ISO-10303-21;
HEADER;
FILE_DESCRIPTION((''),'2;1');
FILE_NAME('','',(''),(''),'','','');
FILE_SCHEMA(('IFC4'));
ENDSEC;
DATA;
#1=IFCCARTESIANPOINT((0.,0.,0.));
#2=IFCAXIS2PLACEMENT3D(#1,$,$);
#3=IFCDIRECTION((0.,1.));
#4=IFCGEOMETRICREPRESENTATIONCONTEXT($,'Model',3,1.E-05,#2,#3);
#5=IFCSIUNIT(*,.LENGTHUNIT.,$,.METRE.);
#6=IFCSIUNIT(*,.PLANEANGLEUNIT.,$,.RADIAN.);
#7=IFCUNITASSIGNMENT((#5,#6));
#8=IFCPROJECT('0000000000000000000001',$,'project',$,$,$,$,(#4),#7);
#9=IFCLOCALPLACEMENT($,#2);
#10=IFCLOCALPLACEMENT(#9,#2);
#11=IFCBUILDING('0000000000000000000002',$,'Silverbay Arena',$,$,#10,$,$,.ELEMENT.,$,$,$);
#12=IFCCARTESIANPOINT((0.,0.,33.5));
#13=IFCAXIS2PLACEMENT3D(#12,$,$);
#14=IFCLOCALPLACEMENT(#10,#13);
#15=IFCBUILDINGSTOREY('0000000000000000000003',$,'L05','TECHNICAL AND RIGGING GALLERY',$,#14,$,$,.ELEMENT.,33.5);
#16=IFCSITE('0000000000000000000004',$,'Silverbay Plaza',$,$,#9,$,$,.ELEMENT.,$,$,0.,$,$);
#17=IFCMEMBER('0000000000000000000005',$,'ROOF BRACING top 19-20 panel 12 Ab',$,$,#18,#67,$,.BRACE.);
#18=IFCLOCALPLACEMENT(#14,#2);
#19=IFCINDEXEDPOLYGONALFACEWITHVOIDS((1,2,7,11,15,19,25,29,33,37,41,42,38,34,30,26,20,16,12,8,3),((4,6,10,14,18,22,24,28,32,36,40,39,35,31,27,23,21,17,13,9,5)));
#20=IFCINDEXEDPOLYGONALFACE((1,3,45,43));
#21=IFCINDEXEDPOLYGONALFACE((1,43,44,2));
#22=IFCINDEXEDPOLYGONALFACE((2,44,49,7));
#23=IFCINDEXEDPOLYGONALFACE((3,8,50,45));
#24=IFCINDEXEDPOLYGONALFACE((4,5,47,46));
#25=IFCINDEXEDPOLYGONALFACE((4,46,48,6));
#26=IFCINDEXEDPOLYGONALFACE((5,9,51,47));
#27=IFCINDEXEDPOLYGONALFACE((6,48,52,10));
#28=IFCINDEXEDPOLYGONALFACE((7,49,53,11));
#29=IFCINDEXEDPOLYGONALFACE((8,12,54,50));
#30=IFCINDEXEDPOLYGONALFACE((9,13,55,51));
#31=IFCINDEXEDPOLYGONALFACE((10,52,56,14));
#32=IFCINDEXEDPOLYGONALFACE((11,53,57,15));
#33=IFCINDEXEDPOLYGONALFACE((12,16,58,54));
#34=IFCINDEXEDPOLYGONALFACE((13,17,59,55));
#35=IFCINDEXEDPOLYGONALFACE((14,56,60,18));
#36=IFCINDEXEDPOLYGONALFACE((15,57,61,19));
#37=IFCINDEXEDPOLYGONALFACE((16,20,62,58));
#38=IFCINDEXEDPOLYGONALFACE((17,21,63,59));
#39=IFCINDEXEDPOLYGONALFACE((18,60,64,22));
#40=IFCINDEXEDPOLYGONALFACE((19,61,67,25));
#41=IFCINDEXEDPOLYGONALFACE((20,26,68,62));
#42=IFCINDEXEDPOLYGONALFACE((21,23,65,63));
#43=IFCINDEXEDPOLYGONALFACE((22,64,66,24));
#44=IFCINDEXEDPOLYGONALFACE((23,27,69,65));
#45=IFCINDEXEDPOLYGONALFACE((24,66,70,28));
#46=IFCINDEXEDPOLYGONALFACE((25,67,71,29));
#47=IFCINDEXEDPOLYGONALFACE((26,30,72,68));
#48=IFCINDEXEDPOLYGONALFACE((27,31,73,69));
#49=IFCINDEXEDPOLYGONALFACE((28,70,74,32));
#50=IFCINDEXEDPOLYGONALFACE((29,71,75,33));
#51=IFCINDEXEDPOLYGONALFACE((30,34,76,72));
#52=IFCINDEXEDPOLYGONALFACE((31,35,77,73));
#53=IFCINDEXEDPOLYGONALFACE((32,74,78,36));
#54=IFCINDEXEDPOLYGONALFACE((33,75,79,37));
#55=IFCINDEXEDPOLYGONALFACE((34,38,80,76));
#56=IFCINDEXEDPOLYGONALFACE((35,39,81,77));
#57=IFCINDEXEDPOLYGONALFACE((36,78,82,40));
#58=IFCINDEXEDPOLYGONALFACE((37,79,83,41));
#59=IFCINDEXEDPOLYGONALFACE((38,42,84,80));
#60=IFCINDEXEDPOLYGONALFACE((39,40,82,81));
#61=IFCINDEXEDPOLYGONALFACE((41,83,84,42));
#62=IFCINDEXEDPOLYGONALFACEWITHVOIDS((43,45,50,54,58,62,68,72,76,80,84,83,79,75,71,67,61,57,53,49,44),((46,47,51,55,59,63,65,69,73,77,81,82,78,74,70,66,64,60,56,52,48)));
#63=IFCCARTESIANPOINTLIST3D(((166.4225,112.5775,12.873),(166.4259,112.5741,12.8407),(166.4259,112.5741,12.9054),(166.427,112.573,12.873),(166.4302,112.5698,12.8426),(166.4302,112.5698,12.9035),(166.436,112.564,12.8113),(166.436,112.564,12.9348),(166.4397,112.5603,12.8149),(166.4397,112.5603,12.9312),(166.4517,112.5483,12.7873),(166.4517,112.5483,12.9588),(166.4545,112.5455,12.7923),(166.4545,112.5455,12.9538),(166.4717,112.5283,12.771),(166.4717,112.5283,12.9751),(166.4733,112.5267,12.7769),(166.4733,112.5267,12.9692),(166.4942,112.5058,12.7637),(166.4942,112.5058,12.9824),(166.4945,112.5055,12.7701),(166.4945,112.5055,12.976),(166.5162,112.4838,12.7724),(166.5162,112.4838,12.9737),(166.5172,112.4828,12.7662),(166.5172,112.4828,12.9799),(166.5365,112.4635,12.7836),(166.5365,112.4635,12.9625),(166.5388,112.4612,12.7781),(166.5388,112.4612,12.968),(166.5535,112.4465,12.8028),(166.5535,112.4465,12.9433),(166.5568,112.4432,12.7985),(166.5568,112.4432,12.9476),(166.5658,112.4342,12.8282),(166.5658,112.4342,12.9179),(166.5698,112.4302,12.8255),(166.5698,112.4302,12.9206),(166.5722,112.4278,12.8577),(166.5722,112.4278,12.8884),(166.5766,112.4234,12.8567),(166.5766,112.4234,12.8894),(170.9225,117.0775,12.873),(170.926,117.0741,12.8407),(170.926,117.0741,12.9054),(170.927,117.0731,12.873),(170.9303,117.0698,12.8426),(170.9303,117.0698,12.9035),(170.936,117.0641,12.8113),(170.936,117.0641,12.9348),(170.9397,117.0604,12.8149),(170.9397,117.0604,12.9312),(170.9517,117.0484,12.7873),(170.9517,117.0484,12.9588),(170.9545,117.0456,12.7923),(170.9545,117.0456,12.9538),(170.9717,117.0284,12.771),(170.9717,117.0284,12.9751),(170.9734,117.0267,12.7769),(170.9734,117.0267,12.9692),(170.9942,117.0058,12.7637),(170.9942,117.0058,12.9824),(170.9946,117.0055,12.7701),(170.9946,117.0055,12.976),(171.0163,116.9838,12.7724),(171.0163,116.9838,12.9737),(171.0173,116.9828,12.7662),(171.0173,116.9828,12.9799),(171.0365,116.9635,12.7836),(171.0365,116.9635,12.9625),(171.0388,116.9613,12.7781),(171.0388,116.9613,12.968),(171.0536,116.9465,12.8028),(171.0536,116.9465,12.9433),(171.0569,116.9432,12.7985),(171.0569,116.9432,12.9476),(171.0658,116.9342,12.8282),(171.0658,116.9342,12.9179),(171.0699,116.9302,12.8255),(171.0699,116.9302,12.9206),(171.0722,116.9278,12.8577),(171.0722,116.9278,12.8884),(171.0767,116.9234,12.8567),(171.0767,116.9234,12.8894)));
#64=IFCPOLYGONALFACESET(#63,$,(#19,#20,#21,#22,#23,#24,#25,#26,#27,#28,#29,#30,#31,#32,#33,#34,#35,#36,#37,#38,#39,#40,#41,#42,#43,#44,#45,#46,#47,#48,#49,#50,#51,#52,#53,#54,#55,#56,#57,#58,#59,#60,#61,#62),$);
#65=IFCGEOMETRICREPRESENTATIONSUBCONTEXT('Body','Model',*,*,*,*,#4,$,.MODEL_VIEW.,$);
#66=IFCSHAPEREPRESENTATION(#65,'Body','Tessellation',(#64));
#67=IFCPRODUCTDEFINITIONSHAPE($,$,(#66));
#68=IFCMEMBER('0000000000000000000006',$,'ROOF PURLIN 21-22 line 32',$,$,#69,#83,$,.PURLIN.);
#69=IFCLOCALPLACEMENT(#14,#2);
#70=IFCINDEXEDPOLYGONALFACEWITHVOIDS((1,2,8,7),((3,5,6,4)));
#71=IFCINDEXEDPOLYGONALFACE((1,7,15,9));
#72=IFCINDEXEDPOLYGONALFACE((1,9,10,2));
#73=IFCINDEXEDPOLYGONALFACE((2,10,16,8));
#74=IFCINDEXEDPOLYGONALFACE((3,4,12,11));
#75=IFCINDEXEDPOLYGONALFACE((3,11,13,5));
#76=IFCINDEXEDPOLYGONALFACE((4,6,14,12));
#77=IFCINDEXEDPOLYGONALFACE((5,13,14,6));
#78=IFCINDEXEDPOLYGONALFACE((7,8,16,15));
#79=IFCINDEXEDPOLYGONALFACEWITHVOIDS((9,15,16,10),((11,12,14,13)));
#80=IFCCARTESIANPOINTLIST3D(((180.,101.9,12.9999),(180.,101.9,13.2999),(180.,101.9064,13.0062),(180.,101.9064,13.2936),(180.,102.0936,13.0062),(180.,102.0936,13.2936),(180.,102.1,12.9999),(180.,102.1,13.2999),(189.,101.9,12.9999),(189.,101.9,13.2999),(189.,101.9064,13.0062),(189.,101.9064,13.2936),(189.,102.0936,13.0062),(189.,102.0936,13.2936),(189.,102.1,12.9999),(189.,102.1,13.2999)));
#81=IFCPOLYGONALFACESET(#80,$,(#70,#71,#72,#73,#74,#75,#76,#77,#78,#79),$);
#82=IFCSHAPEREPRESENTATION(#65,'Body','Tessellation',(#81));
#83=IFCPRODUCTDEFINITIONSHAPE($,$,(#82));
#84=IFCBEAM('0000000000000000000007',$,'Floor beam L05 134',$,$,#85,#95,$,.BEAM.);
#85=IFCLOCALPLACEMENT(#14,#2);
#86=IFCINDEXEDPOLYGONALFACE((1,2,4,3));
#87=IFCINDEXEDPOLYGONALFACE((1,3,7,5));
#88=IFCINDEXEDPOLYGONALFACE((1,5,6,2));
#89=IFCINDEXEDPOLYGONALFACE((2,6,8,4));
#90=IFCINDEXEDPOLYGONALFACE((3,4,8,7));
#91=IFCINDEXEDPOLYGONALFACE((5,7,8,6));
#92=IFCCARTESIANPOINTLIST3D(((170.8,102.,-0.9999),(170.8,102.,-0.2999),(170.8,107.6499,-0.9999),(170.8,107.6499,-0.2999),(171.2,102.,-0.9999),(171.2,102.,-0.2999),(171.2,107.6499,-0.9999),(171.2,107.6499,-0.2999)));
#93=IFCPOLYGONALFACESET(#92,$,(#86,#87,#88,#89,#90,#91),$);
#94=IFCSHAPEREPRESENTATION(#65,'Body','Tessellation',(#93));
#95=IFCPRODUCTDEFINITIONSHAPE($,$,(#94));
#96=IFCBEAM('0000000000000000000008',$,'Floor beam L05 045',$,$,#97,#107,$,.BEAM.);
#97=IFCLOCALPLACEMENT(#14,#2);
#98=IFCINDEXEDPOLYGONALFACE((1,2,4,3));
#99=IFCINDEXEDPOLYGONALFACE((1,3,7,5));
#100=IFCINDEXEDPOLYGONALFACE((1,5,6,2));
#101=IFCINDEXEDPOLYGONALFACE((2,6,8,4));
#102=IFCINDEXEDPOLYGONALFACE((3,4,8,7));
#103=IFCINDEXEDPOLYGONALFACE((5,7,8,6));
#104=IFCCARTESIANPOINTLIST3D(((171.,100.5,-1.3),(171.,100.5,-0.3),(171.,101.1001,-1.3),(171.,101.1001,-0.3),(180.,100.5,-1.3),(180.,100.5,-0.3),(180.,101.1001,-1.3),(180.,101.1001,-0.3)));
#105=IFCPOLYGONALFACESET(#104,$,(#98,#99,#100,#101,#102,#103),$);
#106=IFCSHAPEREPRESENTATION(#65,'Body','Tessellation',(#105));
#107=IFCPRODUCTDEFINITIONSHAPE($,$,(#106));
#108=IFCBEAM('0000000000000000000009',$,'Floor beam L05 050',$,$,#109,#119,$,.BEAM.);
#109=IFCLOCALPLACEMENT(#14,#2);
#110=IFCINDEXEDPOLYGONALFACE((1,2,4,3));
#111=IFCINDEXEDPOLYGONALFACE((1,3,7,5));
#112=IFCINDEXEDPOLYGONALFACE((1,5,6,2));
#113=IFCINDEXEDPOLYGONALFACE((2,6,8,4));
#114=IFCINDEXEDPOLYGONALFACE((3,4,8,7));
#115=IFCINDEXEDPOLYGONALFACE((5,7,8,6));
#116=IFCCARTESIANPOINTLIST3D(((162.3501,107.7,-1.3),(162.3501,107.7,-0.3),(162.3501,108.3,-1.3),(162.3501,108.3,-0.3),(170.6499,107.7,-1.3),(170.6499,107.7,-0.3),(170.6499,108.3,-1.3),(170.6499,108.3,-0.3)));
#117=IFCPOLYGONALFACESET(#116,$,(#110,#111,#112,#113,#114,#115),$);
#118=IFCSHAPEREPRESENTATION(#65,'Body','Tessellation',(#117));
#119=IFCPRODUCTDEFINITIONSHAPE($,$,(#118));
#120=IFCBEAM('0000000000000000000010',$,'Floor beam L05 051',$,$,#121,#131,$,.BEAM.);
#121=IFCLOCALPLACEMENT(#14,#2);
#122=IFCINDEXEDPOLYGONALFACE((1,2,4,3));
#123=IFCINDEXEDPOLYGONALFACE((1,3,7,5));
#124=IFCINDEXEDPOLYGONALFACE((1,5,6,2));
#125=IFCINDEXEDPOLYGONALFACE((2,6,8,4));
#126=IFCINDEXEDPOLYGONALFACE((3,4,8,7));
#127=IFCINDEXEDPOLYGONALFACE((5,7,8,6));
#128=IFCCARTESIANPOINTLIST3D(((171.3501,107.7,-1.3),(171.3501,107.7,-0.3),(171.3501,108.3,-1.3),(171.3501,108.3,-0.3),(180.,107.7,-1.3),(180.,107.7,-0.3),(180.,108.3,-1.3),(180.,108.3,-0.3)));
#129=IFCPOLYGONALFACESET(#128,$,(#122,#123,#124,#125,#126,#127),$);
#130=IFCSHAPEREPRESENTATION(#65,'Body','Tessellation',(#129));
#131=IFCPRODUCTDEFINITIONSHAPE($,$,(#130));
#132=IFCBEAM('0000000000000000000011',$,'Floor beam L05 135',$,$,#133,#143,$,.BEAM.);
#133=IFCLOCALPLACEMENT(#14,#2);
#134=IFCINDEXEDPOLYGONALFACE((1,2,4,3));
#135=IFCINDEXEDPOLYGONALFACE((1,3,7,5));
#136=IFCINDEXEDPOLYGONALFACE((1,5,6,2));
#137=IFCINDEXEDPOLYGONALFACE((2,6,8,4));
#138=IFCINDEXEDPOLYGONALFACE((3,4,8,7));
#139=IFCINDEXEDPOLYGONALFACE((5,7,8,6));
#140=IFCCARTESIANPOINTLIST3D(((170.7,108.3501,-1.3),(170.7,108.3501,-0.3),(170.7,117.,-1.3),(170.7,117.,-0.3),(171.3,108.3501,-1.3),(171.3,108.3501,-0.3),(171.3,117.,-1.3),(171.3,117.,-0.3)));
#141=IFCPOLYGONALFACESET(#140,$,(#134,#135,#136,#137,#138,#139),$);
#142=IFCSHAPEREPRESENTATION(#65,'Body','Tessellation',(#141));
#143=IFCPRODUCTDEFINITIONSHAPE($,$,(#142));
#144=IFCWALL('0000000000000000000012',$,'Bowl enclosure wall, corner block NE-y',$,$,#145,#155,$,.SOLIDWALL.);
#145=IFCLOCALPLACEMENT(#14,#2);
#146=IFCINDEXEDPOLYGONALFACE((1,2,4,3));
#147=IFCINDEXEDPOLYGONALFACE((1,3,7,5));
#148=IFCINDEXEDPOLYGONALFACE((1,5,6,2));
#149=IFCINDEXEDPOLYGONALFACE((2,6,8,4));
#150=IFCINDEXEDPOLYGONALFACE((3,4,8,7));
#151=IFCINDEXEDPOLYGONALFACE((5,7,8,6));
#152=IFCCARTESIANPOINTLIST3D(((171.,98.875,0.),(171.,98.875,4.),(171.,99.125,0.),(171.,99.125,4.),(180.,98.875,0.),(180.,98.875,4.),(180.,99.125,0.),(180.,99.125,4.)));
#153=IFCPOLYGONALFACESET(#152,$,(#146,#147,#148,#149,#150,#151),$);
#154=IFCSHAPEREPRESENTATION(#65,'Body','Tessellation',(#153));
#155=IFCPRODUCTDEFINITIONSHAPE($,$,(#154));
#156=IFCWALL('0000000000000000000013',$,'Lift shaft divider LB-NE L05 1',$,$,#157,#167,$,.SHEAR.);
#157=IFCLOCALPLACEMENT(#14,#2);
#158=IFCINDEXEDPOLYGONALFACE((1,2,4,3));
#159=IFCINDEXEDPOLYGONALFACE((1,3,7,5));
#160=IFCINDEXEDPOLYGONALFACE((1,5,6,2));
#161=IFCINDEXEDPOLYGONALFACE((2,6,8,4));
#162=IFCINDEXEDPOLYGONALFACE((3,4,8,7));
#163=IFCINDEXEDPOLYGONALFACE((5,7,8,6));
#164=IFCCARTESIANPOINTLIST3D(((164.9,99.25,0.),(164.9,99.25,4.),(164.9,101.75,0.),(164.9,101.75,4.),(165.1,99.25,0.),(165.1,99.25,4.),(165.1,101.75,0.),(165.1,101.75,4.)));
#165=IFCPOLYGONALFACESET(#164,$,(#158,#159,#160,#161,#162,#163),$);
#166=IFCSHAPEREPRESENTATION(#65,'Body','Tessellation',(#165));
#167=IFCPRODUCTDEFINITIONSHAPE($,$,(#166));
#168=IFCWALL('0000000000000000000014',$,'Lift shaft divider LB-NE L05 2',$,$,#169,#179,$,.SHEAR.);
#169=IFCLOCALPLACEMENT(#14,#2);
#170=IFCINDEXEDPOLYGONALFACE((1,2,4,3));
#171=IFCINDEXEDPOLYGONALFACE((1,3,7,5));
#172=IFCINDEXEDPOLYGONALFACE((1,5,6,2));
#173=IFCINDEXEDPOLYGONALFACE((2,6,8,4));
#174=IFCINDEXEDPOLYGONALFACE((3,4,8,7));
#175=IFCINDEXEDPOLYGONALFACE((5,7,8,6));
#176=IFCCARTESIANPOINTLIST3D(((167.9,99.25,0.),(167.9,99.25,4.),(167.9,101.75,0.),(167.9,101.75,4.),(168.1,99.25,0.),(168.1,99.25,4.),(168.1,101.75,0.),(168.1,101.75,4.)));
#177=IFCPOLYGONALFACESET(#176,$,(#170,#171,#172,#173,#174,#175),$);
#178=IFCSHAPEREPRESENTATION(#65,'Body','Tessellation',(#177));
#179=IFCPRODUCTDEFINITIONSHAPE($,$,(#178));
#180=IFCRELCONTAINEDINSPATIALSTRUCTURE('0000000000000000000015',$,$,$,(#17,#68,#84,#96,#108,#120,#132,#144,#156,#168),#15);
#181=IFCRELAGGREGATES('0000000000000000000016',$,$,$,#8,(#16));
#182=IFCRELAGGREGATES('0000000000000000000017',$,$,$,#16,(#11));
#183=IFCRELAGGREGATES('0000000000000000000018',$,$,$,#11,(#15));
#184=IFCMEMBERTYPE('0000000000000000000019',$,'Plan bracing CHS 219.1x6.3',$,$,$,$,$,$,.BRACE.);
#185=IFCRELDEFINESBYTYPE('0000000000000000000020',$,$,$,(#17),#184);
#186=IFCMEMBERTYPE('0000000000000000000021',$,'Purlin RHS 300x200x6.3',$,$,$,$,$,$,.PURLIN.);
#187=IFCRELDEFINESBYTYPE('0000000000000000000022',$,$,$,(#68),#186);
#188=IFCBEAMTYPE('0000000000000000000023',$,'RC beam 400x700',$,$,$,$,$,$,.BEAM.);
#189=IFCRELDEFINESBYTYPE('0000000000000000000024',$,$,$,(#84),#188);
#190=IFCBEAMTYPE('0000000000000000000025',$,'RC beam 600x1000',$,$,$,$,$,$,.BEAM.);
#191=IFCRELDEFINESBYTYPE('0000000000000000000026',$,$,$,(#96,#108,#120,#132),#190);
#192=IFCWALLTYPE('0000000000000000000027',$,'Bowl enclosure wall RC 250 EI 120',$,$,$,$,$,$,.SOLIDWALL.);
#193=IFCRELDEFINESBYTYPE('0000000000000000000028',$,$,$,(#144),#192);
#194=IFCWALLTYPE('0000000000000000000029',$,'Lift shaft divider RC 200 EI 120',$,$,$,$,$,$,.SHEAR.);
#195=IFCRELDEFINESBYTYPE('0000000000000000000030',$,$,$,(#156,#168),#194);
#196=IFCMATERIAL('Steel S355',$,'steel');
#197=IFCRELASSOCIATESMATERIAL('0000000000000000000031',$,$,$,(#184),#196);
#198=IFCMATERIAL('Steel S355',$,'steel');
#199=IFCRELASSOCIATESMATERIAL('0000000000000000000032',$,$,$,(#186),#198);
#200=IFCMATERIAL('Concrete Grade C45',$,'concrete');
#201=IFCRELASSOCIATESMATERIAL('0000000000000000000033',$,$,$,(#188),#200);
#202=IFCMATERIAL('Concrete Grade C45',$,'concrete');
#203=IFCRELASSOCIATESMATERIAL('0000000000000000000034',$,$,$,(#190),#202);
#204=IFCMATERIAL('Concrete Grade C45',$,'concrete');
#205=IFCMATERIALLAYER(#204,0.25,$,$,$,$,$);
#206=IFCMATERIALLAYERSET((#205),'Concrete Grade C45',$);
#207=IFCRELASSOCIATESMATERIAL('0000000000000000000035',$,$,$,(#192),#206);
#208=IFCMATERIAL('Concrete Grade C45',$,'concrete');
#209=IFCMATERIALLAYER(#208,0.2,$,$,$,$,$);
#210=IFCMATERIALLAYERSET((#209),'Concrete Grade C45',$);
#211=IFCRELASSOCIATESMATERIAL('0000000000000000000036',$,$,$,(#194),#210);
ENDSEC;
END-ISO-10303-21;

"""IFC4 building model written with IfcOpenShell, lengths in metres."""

from ifc_helpers import new_model, si_unit, direction, frame, frame_2d, origin, origin_2d, place, context, subcontext, project, spatial, rectangle, hollow_rectangle, hollow_circle, extrude, material, layer, layer_set, material_profile, profile_set, type_object, element, save


model = new_model("IFC4")

# Units and contexts
model_context = context("Model", 3, precision=1e-05, world=origin(), true_north=direction((0.0, 1.0)))
body_context = subcontext(model_context, "Body", "Model", "MODEL_VIEW")
ifc_project = project(units=[si_unit("LENGTHUNIT", "METRE"), si_unit("PLANEANGLEUNIT", "RADIAN")], contexts=[model_context])

# Site, building, storey
site_placement = place(None, origin())
site = spatial("IfcSite", under=ifc_project, at=site_placement, Name="Silverbay Plaza", CompositionType="ELEMENT", RefElevation=0.0)
building_placement = place(site_placement, origin())
building = spatial("IfcBuilding", under=site, at=building_placement, Name="Silverbay Arena", CompositionType="ELEMENT")
storey_placement = place(building_placement, frame((0.0, 0.0, 33.5)))
storey = spatial("IfcBuildingStorey", under=building, at=storey_placement, Name="L05", Description="TECHNICAL AND RIGGING GALLERY", CompositionType="ELEMENT", Elevation=33.5)

# Members
ifc_material_1 = material(Name="Steel S355", Category="steel")
ifc_material_profile_1 = material_profile(ifc_material_1, hollow_circle(Radius=0.1096, WallThickness=0.0063, at=origin_2d()), Name="CHS 219.1x6.3")
ifc_profile_set_1 = profile_set([ifc_material_profile_1], Name="Steel S355")
member_type_1 = type_object("IfcMemberType", Name="Plan bracing CHS 219.1x6.3", PredefinedType="BRACE", material=ifc_profile_set_1)
member_1_placement = place(storey_placement, frame((166.5, 112.5, 12.873), z_axis=(0.707107, 0.707107, 0.0), x_axis=(-0.707107, 0.707107, 0.0)))
element("IfcMember", 1, at=member_1_placement, inside=storey, type_object=member_type_1, Name="ROOF BRACING top 19-20 panel 12 Ab", PredefinedType="BRACE", context=body_context, shape_type="SweptSolid", body=[
    extrude(hollow_circle(Radius=0.1096, WallThickness=0.0063, at=origin_2d()), origin(), (0.0, 0.0, 1.0), 6.364),
])
ifc_material_2 = material(Name="Steel S355", Category="steel")
ifc_material_profile_2 = material_profile(ifc_material_2, hollow_rectangle(XDim=0.2, YDim=0.3, WallThickness=0.0063, at=origin_2d()), Name="RHS 300x200x6.3")
ifc_profile_set_2 = profile_set([ifc_material_profile_2], Name="Steel S355")
member_type_2 = type_object("IfcMemberType", Name="Purlin RHS 300x200x6.3", PredefinedType="PURLIN", material=ifc_profile_set_2)
member_2_placement = place(storey_placement, frame((180.0, 102.0, 13.1499), z_axis=(1.0, 0.0, 0.0), x_axis=(0.0, 1.0, 0.0)))
element("IfcMember", 2, at=member_2_placement, inside=storey, type_object=member_type_2, Name="ROOF PURLIN 21-22 line 32", PredefinedType="PURLIN", context=body_context, shape_type="SweptSolid", body=[
    extrude(hollow_rectangle(XDim=0.2, YDim=0.3, WallThickness=0.0063, at=origin_2d()), origin(), (0.0, 0.0, 1.0), 9.0),
])

# Beams
ifc_material_3 = material(Name="Concrete Grade C45", Category="concrete")
ifc_material_profile_3 = material_profile(ifc_material_3, rectangle(XDim=0.3999, YDim=0.7, at=origin_2d()), Name="RC 400x700")
ifc_profile_set_3 = profile_set([ifc_material_profile_3], Name="Concrete Grade C45")
beam_type_1 = type_object("IfcBeamType", Name="RC beam 400x700", PredefinedType="BEAM", material=ifc_profile_set_3)
beam_1_placement = place(storey_placement, frame((171.0, 102.0, -0.6499), z_axis=(0.0, 1.0, 0.0), x_axis=(-1.0, 0.0, 0.0)))
element("IfcBeam", 3, at=beam_1_placement, inside=storey, type_object=beam_type_1, Name="Floor beam L05 134", PredefinedType="BEAM", context=body_context, shape_type="SweptSolid", body=[
    extrude(rectangle(XDim=0.3999, YDim=0.7, at=origin_2d()), origin(), (0.0, 0.0, 1.0), 5.6499),
])
ifc_material_4 = material(Name="Concrete Grade C45", Category="concrete")
ifc_material_profile_4 = material_profile(ifc_material_4, rectangle(XDim=0.6001, YDim=1.0, at=origin_2d()), Name="RC 600x1000")
ifc_profile_set_4 = profile_set([ifc_material_profile_4], Name="Concrete Grade C45")
beam_type_2 = type_object("IfcBeamType", Name="RC beam 600x1000", PredefinedType="BEAM", material=ifc_profile_set_4)
beam_2_placement = place(storey_placement, frame((171.0, 100.8, -0.8), z_axis=(1.0, 0.0, 0.0), x_axis=(0.0, 1.0, 0.0)))
element("IfcBeam", 4, at=beam_2_placement, inside=storey, type_object=beam_type_2, Name="Floor beam L05 045", PredefinedType="BEAM", context=body_context, shape_type="SweptSolid", body=[
    extrude(rectangle(XDim=0.6001, YDim=1.0, at=origin_2d()), origin(), (0.0, 0.0, 1.0), 9.0),
])
beam_3_placement = place(storey_placement, frame((162.3501, 108.0, -0.8), z_axis=(1.0, 0.0, 0.0), x_axis=(0.0, 1.0, 0.0)))
element("IfcBeam", 5, at=beam_3_placement, inside=storey, type_object=beam_type_2, Name="Floor beam L05 050", PredefinedType="BEAM", context=body_context, shape_type="SweptSolid", body=[
    extrude(rectangle(XDim=0.6001, YDim=1.0, at=origin_2d()), origin(), (0.0, 0.0, 1.0), 8.2998),
])
for number, where, z_axis, x_axis, name in (
    (6, (171.3501, 108.0, -0.8), (1.0, 0.0, 0.0), (0.0, 1.0, 0.0), "Floor beam L05 051"),
    (7, (171.0, 108.3501, -0.8), (0.0, 1.0, 0.0), (-1.0, 0.0, 0.0), "Floor beam L05 135"),
):
    element("IfcBeam", number, at=place(storey_placement, frame(where, z_axis=z_axis, x_axis=x_axis)), inside=storey, type_object=beam_type_2, Name=name, PredefinedType="BEAM", context=body_context, shape_type="SweptSolid", body=[
        extrude(rectangle(XDim=0.6001, YDim=1.0, at=origin_2d()), origin(), (0.0, 0.0, 1.0), 8.6499),
    ])

# Walls
ifc_material_5 = material(Name="Concrete Grade C45", Category="concrete")
ifc_layer_1 = layer(ifc_material_5, 0.25)
ifc_layer_set_1 = layer_set([ifc_layer_1], Name="Concrete Grade C45")
wall_type_1 = type_object("IfcWallType", Name="Bowl enclosure wall RC 250 EI 120", PredefinedType="SOLIDWALL", material=ifc_layer_set_1)
wall_1_placement = place(storey_placement, frame((171.0, 99.0, 0.0), z_axis=(0.0, 0.0, 1.0), x_axis=(1.0, 0.0, 0.0)))
element("IfcWall", 8, at=wall_1_placement, inside=storey, type_object=wall_type_1, Name="Bowl enclosure wall, corner block NE-y", PredefinedType="SOLIDWALL", context=body_context, shape_type="SweptSolid", body=[
    extrude(rectangle(XDim=9.0, YDim=0.25, at=frame_2d((4.5, 0.0))), origin(), (0.0, 0.0, 1.0), 4.0),
])
ifc_material_6 = material(Name="Concrete Grade C45", Category="concrete")
ifc_layer_2 = layer(ifc_material_6, 0.2)
ifc_layer_set_2 = layer_set([ifc_layer_2], Name="Concrete Grade C45")
wall_type_2 = type_object("IfcWallType", Name="Lift shaft divider RC 200 EI 120", PredefinedType="SHEAR", material=ifc_layer_set_2)
for number, where, z_axis, x_axis, name in (
    (9, (165.0, 99.25, 0.0), (0.0, 0.0, 1.0), (0.0, 1.0, 0.0), "Lift shaft divider LB-NE L05 1"),
    (10, (168.0, 99.25, 0.0), (0.0, 0.0, 1.0), (0.0, 1.0, 0.0), "Lift shaft divider LB-NE L05 2"),
):
    element("IfcWall", number, at=place(storey_placement, frame(where, z_axis=z_axis, x_axis=x_axis)), inside=storey, type_object=wall_type_2, Name=name, PredefinedType="SHEAR", context=body_context, shape_type="SweptSolid", body=[
        extrude(rectangle(XDim=2.5, YDim=0.2, at=frame_2d((1.25, 0.0))), origin(), (0.0, 0.0, 1.0), 4.0),
    ])

save(model, "model.ifc")
